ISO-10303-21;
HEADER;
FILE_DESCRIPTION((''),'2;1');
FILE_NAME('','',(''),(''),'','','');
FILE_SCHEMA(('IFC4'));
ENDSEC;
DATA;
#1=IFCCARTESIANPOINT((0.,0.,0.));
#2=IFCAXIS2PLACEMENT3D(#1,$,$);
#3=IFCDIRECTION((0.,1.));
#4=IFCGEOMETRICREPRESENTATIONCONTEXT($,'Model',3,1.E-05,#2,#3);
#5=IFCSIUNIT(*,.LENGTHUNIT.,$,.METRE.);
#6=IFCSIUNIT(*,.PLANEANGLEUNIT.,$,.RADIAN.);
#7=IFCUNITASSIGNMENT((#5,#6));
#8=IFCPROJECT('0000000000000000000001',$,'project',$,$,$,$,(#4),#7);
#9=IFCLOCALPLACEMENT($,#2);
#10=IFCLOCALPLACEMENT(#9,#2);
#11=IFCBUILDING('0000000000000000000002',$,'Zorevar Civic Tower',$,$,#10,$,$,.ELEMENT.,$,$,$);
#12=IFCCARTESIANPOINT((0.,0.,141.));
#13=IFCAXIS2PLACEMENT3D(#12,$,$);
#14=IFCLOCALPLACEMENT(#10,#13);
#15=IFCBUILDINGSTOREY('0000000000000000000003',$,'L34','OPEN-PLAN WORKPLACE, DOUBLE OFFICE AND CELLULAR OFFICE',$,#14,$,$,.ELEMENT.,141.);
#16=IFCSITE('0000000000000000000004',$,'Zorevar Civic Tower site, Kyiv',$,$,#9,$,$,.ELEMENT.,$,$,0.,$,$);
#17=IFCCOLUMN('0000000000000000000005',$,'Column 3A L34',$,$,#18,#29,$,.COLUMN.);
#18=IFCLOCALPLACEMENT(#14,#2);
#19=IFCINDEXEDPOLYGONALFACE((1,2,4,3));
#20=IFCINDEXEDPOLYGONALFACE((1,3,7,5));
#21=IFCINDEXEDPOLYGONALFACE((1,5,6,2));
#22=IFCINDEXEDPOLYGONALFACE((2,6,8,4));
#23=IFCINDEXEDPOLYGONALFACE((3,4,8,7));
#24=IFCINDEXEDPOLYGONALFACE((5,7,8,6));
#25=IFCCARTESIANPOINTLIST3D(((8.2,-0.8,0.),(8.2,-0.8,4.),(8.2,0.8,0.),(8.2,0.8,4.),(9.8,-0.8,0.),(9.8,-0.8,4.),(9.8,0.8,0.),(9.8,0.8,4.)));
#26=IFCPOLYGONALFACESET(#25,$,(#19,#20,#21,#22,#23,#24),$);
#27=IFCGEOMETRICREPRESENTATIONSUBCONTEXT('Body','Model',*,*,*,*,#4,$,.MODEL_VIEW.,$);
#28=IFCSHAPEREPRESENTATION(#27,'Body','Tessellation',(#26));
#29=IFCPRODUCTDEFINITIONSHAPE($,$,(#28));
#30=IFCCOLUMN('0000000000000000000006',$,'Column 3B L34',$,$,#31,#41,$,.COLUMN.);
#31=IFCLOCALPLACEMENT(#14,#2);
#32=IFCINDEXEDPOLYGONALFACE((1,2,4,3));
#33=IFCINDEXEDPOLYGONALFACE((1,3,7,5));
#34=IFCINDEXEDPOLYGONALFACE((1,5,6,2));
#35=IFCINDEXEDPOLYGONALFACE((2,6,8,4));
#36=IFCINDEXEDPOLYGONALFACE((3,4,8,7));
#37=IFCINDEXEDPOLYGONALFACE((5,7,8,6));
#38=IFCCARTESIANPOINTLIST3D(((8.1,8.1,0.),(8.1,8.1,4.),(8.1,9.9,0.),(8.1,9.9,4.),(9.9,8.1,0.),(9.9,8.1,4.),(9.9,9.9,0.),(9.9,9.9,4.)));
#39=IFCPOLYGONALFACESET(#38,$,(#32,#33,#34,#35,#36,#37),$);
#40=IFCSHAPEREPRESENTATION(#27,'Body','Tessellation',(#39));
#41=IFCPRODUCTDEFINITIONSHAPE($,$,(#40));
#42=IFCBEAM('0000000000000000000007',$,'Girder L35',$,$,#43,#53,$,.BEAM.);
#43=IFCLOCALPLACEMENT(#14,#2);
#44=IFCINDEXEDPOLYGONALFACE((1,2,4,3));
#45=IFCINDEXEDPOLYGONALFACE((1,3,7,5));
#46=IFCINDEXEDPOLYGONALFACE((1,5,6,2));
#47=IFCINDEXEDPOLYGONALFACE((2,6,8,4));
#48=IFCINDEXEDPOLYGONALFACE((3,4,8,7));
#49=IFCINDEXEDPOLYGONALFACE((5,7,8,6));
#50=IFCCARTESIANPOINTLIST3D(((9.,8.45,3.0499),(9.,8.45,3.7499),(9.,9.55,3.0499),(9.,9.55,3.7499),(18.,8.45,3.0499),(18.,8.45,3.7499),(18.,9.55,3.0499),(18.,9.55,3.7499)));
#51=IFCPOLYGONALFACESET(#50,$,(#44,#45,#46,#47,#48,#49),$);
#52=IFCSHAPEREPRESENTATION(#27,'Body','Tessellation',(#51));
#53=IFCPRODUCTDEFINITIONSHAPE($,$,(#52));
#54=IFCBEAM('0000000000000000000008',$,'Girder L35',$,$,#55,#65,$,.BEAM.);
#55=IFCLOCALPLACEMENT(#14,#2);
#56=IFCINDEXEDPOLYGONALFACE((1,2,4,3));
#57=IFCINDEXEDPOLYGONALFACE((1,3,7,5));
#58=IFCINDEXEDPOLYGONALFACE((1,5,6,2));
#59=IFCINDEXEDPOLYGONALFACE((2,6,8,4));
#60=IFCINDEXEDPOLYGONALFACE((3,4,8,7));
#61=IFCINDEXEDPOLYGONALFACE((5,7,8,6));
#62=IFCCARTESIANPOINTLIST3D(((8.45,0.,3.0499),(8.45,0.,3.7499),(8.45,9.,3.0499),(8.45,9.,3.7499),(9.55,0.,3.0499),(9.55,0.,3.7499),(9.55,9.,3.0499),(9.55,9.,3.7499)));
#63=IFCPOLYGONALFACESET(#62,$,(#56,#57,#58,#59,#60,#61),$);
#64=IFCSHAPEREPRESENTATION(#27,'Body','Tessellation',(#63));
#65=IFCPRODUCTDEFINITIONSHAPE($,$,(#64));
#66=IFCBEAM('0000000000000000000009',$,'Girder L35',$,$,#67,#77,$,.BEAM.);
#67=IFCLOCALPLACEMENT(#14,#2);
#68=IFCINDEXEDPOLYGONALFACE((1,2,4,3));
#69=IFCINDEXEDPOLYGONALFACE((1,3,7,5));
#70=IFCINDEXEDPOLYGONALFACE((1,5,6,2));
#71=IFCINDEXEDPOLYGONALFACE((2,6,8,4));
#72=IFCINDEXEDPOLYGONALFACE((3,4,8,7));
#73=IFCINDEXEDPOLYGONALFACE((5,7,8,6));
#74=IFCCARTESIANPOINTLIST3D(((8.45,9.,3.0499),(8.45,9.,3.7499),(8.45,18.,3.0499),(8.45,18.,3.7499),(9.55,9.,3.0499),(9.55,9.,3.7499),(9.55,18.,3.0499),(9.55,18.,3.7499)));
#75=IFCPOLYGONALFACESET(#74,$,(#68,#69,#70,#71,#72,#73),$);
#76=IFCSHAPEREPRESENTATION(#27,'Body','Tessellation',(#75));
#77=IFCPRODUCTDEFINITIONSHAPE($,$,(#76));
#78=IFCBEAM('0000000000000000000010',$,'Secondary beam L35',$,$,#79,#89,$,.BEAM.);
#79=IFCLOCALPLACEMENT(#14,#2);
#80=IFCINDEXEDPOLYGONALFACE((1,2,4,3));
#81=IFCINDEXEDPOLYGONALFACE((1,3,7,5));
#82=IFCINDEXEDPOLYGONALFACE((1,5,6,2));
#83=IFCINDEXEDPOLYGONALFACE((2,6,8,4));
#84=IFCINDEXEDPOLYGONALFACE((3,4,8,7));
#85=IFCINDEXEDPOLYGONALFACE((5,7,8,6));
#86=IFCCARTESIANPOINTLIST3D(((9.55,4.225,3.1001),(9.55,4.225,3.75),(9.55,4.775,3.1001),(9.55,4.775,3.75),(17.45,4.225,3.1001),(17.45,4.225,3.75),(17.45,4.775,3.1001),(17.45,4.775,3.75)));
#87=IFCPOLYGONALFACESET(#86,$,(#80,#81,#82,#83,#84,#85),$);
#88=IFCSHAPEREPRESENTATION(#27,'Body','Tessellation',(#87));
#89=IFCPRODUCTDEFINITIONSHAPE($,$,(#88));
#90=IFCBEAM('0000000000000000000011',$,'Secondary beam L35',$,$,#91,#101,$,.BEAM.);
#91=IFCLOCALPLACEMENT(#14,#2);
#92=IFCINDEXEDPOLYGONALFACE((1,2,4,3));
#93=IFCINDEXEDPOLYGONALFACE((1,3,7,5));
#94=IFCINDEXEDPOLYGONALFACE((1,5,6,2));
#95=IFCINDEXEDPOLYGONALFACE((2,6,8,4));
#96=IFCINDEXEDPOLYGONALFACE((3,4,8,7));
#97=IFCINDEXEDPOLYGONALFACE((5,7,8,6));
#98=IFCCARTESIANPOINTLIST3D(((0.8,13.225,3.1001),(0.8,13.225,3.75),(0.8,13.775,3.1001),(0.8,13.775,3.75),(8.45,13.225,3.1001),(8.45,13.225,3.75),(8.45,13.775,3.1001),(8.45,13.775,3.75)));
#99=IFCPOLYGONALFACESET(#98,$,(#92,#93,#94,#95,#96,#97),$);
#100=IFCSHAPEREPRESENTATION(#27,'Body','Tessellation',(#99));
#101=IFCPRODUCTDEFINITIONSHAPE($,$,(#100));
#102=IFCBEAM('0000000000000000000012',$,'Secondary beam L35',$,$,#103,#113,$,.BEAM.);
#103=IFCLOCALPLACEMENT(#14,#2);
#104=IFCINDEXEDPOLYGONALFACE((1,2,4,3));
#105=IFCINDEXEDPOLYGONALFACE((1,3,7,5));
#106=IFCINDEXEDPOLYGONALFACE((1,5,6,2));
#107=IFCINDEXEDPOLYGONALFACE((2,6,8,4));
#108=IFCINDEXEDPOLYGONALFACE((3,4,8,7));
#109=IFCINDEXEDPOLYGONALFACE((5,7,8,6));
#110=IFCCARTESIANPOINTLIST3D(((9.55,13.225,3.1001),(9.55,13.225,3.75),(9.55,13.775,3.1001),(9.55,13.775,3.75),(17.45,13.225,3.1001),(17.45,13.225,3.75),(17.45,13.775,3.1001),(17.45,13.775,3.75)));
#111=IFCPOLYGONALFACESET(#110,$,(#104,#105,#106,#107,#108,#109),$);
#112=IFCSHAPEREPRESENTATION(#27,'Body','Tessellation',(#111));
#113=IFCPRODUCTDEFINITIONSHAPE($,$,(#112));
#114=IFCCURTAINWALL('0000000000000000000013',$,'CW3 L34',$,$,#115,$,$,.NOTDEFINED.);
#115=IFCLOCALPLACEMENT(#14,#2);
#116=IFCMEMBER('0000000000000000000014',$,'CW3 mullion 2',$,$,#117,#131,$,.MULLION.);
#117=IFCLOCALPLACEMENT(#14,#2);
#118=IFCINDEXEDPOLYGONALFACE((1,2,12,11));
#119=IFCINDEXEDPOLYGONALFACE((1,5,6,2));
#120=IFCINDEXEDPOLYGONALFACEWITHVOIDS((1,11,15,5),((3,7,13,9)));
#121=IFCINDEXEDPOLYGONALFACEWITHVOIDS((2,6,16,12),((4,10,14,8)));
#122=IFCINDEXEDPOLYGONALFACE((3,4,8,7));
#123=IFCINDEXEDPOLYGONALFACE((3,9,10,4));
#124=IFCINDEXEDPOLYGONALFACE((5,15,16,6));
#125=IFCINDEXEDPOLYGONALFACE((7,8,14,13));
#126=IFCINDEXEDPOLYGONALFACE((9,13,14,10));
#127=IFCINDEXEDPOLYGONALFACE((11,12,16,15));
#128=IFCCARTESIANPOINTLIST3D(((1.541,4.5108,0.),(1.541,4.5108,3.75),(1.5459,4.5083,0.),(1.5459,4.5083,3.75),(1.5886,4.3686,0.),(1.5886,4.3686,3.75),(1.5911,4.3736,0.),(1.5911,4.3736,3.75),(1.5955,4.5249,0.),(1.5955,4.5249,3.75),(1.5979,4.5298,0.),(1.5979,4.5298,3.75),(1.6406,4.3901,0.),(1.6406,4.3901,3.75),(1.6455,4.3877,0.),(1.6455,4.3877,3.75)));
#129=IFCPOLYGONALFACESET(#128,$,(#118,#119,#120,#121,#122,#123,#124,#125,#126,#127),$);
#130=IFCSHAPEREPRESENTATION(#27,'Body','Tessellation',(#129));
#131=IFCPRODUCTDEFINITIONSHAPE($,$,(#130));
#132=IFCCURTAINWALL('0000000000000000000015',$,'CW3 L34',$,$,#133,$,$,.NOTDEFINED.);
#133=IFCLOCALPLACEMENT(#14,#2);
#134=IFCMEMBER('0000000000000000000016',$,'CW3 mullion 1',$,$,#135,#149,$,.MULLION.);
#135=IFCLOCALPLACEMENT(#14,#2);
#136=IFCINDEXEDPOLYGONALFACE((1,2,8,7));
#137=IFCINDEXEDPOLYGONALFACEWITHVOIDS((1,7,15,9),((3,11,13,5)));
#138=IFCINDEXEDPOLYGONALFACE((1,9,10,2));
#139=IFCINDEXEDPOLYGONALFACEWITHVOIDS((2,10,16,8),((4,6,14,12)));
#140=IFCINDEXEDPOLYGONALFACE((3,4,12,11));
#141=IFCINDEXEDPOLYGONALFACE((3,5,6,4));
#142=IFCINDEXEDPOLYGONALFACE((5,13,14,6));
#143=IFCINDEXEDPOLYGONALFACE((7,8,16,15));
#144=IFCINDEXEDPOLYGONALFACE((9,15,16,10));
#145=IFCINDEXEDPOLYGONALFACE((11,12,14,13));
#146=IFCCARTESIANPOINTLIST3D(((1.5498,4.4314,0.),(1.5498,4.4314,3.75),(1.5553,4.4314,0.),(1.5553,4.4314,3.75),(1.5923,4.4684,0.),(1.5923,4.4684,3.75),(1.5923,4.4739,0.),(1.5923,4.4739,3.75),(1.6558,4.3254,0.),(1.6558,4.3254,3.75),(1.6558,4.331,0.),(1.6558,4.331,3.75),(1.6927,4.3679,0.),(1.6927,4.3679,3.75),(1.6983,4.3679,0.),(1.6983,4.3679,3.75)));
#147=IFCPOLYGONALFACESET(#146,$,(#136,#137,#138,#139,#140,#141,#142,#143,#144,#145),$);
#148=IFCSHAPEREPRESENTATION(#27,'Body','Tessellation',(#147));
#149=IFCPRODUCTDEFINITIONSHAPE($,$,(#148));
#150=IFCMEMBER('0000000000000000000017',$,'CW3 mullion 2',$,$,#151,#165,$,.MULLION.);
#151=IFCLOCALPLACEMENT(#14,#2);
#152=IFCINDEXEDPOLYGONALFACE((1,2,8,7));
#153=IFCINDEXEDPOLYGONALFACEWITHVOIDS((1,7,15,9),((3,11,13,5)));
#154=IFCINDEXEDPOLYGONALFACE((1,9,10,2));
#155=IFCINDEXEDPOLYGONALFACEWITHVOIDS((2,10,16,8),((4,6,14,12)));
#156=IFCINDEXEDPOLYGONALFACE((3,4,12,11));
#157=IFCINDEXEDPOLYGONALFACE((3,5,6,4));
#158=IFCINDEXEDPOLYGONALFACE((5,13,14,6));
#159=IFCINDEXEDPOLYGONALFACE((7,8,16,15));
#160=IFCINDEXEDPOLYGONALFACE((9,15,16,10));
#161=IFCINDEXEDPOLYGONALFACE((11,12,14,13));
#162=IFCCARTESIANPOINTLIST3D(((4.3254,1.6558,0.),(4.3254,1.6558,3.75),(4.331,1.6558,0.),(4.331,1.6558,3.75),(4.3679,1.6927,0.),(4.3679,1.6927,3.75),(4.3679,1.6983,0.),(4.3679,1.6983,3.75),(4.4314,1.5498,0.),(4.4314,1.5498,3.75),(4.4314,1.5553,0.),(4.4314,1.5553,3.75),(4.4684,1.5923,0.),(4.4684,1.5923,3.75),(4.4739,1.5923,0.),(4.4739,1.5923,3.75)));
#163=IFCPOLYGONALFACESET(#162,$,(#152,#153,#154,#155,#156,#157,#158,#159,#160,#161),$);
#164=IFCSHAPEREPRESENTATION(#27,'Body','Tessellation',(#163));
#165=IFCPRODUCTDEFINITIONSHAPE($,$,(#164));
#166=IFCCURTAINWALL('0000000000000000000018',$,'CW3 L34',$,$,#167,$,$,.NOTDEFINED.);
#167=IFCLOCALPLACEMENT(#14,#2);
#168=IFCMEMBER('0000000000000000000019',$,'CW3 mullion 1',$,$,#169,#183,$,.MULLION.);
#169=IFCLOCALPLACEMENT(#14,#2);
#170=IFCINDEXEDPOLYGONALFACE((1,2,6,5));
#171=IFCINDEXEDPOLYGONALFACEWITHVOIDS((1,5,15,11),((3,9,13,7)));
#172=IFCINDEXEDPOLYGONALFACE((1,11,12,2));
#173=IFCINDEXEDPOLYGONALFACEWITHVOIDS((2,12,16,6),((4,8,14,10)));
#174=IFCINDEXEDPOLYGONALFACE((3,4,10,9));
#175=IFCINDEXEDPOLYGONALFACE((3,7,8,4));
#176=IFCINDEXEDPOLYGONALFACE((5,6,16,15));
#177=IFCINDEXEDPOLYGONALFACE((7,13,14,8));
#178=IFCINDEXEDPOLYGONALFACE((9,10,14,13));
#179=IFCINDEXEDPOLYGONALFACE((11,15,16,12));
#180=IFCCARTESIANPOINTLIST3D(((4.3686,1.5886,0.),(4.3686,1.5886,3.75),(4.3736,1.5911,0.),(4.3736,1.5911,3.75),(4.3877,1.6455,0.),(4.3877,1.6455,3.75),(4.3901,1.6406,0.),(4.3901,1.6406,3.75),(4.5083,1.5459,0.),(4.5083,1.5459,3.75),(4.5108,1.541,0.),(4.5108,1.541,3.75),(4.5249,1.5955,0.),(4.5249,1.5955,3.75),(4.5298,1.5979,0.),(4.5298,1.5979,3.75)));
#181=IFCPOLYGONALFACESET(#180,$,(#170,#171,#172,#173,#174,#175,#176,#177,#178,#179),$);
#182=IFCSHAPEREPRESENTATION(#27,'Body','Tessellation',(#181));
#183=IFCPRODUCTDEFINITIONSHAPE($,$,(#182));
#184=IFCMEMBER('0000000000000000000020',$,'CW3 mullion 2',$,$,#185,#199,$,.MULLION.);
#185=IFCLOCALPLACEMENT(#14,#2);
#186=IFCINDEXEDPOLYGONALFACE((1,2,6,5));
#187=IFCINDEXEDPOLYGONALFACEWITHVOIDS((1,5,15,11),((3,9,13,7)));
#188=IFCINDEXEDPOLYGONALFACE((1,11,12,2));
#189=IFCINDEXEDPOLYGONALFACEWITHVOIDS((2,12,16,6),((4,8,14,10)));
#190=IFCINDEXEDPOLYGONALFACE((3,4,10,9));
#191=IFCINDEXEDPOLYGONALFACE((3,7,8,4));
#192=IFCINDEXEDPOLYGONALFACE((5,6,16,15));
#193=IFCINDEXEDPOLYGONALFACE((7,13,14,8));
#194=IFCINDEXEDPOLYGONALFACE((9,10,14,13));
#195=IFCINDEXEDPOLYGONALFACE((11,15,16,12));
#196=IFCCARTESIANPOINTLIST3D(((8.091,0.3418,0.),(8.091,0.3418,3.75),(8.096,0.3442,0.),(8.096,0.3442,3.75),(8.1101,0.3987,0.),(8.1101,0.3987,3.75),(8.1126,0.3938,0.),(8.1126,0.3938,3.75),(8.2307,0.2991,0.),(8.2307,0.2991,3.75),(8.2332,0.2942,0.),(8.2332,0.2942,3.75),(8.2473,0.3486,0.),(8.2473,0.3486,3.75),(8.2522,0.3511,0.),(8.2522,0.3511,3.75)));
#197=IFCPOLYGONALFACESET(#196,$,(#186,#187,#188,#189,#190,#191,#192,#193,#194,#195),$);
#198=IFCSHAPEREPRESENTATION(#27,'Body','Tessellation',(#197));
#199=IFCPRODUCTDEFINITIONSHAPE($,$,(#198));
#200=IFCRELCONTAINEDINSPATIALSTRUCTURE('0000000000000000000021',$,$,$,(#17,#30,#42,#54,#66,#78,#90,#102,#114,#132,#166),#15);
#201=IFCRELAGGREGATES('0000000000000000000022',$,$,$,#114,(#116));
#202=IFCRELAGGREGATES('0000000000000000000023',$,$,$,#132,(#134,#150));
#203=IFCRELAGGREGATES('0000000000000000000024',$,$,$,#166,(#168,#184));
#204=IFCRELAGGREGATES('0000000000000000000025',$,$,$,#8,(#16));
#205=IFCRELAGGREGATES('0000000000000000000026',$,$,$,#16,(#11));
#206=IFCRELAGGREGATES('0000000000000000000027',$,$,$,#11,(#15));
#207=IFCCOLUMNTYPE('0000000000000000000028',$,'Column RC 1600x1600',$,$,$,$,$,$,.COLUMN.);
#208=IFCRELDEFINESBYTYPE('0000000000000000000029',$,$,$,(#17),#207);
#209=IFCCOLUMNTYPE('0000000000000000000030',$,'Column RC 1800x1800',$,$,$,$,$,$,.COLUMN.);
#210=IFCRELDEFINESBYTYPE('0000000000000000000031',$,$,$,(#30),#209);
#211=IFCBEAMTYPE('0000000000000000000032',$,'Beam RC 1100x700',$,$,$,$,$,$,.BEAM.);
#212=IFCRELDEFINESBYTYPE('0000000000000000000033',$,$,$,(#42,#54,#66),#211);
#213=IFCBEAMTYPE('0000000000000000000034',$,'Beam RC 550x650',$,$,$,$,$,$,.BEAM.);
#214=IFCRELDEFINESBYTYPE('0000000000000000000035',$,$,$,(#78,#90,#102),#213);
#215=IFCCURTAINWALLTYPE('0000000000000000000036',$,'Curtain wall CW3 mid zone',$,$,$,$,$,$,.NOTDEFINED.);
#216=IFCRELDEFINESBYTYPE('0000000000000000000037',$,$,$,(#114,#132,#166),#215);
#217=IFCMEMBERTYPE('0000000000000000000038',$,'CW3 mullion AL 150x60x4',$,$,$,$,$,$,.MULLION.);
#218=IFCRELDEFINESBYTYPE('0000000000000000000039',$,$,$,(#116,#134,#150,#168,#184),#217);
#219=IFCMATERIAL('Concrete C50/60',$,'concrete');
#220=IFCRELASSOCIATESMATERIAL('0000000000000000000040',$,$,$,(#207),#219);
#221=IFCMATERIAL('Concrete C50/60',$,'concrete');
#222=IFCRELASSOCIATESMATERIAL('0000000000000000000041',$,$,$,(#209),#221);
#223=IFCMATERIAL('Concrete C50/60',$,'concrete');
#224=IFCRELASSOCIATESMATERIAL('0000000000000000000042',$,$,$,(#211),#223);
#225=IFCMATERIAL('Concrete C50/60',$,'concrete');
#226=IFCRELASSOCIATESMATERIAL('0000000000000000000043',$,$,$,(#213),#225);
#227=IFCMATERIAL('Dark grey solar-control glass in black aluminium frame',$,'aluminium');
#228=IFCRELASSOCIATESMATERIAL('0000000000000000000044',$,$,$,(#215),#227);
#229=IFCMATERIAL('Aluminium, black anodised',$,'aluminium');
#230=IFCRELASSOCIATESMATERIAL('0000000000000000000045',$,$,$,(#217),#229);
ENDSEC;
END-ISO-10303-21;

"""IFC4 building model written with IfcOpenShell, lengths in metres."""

from ifc_helpers import new_model, si_unit, direction, frame, origin, origin_2d, place, context, subcontext, project, spatial, rectangle, hollow_rectangle, extrude, material, material_profile, profile_set, type_object, element, aggregate, save


model = new_model("IFC4")

# Units and contexts
model_context = context("Model", 3, precision=1e-05, world=origin(), true_north=direction((0.0, 1.0)))
body_context = subcontext(model_context, "Body", "Model", "MODEL_VIEW")
ifc_project = project(units=[si_unit("LENGTHUNIT", "METRE"), si_unit("PLANEANGLEUNIT", "RADIAN")], contexts=[model_context])

# Site, building, storey
site_placement = place(None, origin())
site = spatial("IfcSite", under=ifc_project, at=site_placement, Name="Zorevar Civic Tower site, Kyiv", CompositionType="ELEMENT", RefElevation=0.0)
building_placement = place(site_placement, origin())
building = spatial("IfcBuilding", under=site, at=building_placement, Name="Zorevar Civic Tower", CompositionType="ELEMENT")
storey_placement = place(building_placement, frame((0.0, 0.0, 141.0)))
storey = spatial("IfcBuildingStorey", under=building, at=storey_placement, Name="L34", Description="OPEN-PLAN WORKPLACE, DOUBLE OFFICE AND CELLULAR OFFICE", CompositionType="ELEMENT", Elevation=141.0)

# Columns
ifc_material_1 = material(Name="Concrete C50/60", Category="concrete")
ifc_material_profile_1 = material_profile(ifc_material_1, rectangle(XDim=1.6001, YDim=1.6001, at=origin_2d()), Name="RC 1600x1600")
ifc_profile_set_1 = profile_set([ifc_material_profile_1], Name="Concrete C50/60")
column_type_1 = type_object("IfcColumnType", Name="Column RC 1600x1600", PredefinedType="COLUMN", material=ifc_profile_set_1)
column_1_placement = place(storey_placement, frame((9.0, 0.0, 0.0), z_axis=(0.0, 0.0, 1.0), x_axis=(1.0, 0.0, 0.0)))
element("IfcColumn", 1, at=column_1_placement, inside=storey, type_object=column_type_1, Name="Column 3A L34", PredefinedType="COLUMN", context=body_context, shape_type="SweptSolid", body=[
    extrude(rectangle(XDim=1.6001, YDim=1.6001, at=origin_2d()), origin(), (0.0, 0.0, 1.0), 4.0),
])
ifc_material_2 = material(Name="Concrete C50/60", Category="concrete")
ifc_material_profile_2 = material_profile(ifc_material_2, rectangle(XDim=1.8, YDim=1.8, at=origin_2d()), Name="RC 1800x1800")
ifc_profile_set_2 = profile_set([ifc_material_profile_2], Name="Concrete C50/60")
column_type_2 = type_object("IfcColumnType", Name="Column RC 1800x1800", PredefinedType="COLUMN", material=ifc_profile_set_2)
column_2_placement = place(storey_placement, frame((9.0, 9.0, 0.0), z_axis=(0.0, 0.0, 1.0), x_axis=(1.0, 0.0, 0.0)))
element("IfcColumn", 2, at=column_2_placement, inside=storey, type_object=column_type_2, Name="Column 3B L34", PredefinedType="COLUMN", context=body_context, shape_type="SweptSolid", body=[
    extrude(rectangle(XDim=1.8, YDim=1.8, at=origin_2d()), origin(), (0.0, 0.0, 1.0), 4.0),
])

# Beams
ifc_material_3 = material(Name="Concrete C50/60", Category="concrete")
ifc_material_profile_3 = material_profile(ifc_material_3, rectangle(XDim=1.1001, YDim=0.7, at=origin_2d()), Name="RC 1100x700")
ifc_profile_set_3 = profile_set([ifc_material_profile_3], Name="Concrete C50/60")
beam_type_1 = type_object("IfcBeamType", Name="Beam RC 1100x700", PredefinedType="BEAM", material=ifc_profile_set_3)
for number, where, z_axis, x_axis, name in (
    (3, (9.0, 9.0, 3.3999), (1.0, 0.0, 0.0), (0.0, 1.0, 0.0), "Girder L35"),
    (4, (9.0, 0.0, 3.3999), (0.0, 1.0, 0.0), (-1.0, 0.0, 0.0), "Girder L35"),
    (5, (9.0, 9.0, 3.3999), (0.0, 1.0, 0.0), (-1.0, 0.0, 0.0), "Girder L35"),
):
    element("IfcBeam", number, at=place(storey_placement, frame(where, z_axis=z_axis, x_axis=x_axis)), inside=storey, type_object=beam_type_1, Name=name, PredefinedType="BEAM", context=body_context, shape_type="SweptSolid", body=[
        extrude(rectangle(XDim=1.1001, YDim=0.7, at=origin_2d()), origin(), (0.0, 0.0, 1.0), 9.0),
    ])
ifc_material_4 = material(Name="Concrete C50/60", Category="concrete")
ifc_material_profile_4 = material_profile(ifc_material_4, rectangle(XDim=0.55, YDim=0.6499, at=origin_2d()), Name="RC 550x650")
ifc_profile_set_4 = profile_set([ifc_material_profile_4], Name="Concrete C50/60")
beam_type_2 = type_object("IfcBeamType", Name="Beam RC 550x650", PredefinedType="BEAM", material=ifc_profile_set_4)
beam_1_placement = place(storey_placement, frame((9.55, 4.5, 3.425), z_axis=(1.0, 0.0, 0.0), x_axis=(0.0, 1.0, 0.0)))
element("IfcBeam", 6, at=beam_1_placement, inside=storey, type_object=beam_type_2, Name="Secondary beam L35", PredefinedType="BEAM", context=body_context, shape_type="SweptSolid", body=[
    extrude(rectangle(XDim=0.55, YDim=0.6499, at=origin_2d()), origin(), (0.0, 0.0, 1.0), 7.8999),
])
beam_2_placement = place(storey_placement, frame((0.8, 13.5, 3.425), z_axis=(1.0, 0.0, 0.0), x_axis=(0.0, 1.0, 0.0)))
element("IfcBeam", 7, at=beam_2_placement, inside=storey, type_object=beam_type_2, Name="Secondary beam L35", PredefinedType="BEAM", context=body_context, shape_type="SweptSolid", body=[
    extrude(rectangle(XDim=0.55, YDim=0.6499, at=origin_2d()), origin(), (0.0, 0.0, 1.0), 7.6499),
])
beam_3_placement = place(storey_placement, frame((9.55, 13.5, 3.425), z_axis=(1.0, 0.0, 0.0), x_axis=(0.0, 1.0, 0.0)))
element("IfcBeam", 8, at=beam_3_placement, inside=storey, type_object=beam_type_2, Name="Secondary beam L35", PredefinedType="BEAM", context=body_context, shape_type="SweptSolid", body=[
    extrude(rectangle(XDim=0.55, YDim=0.6499, at=origin_2d()), origin(), (0.0, 0.0, 1.0), 7.8999),
])

# Curtain wall, member
ifc_material_5 = material(Name="Dark grey solar-control glass in black aluminium frame", Category="aluminium")
curtain_wall_type = type_object("IfcCurtainWallType", Name="Curtain wall CW3 mid zone", PredefinedType="NOTDEFINED", material=ifc_material_5)
curtain_wall_1_placement = place(storey_placement, origin())
curtain_wall_1 = element("IfcCurtainWall", 9, at=curtain_wall_1_placement, inside=storey, type_object=curtain_wall_type, Name="CW3 L34", PredefinedType="NOTDEFINED")
ifc_material_6 = material(Name="Aluminium, black anodised", Category="aluminium")
ifc_material_profile_5 = material_profile(ifc_material_6, hollow_rectangle(XDim=0.0601, YDim=0.1499, WallThickness=0.0039, at=origin_2d()), Name="AL 150x60x4")
ifc_profile_set_5 = profile_set([ifc_material_profile_5], Name="Aluminium, black anodised")
member_type_1 = type_object("IfcMemberType", Name="CW3 mullion AL 150x60x4", PredefinedType="MULLION", material=ifc_profile_set_5)
member_1_placement = place(storey_placement, frame((1.5933, 4.4492, 0.0), z_axis=(0.0, 0.0, 1.0), x_axis=(0.948227, 0.317593, 0.0)))
member_1 = element("IfcMember", 10, at=member_1_placement, type_object=member_type_1, Name="CW3 mullion 2", PredefinedType="MULLION", context=body_context, shape_type="SweptSolid", body=[
    extrude(hollow_rectangle(XDim=0.0601, YDim=0.1499, WallThickness=0.0039, at=origin_2d()), origin(), (0.0, 0.0, 1.0), 3.75),
])

# Curtain walls, members
curtain_wall_2_placement = place(storey_placement, origin())
curtain_wall_2 = element("IfcCurtainWall", 11, at=curtain_wall_2_placement, inside=storey, type_object=curtain_wall_type, Name="CW3 L34", PredefinedType="NOTDEFINED")
member_2_placement = place(storey_placement, frame((1.624, 4.3997, 0.0), z_axis=(0.0, 0.0, 1.0), x_axis=(0.707107, 0.707107, 0.0)))
member_2 = element("IfcMember", 12, at=member_2_placement, type_object=member_type_1, Name="CW3 mullion 1", PredefinedType="MULLION", context=body_context, shape_type="SweptSolid", body=[
    extrude(hollow_rectangle(XDim=0.0601, YDim=0.1499, WallThickness=0.0039, at=origin_2d()), origin(), (0.0, 0.0, 1.0), 3.75),
])
member_3_placement = place(storey_placement, frame((4.3997, 1.624, 0.0), z_axis=(0.0, 0.0, 1.0), x_axis=(0.707107, 0.707107, 0.0)))
member_3 = element("IfcMember", 13, at=member_3_placement, type_object=member_type_1, Name="CW3 mullion 2", PredefinedType="MULLION", context=body_context, shape_type="SweptSolid", body=[
    extrude(hollow_rectangle(XDim=0.0601, YDim=0.1499, WallThickness=0.0039, at=origin_2d()), origin(), (0.0, 0.0, 1.0), 3.75),
])
curtain_wall_3_placement = place(storey_placement, origin())
curtain_wall_3 = element("IfcCurtainWall", 14, at=curtain_wall_3_placement, inside=storey, type_object=curtain_wall_type, Name="CW3 L34", PredefinedType="NOTDEFINED")
member_4_placement = place(storey_placement, frame((4.4492, 1.5933, 0.0), z_axis=(0.0, 0.0, 1.0), x_axis=(0.317593, 0.948227, 0.0)))
member_4 = element("IfcMember", 15, at=member_4_placement, type_object=member_type_1, Name="CW3 mullion 1", PredefinedType="MULLION", context=body_context, shape_type="SweptSolid", body=[
    extrude(hollow_rectangle(XDim=0.0601, YDim=0.1499, WallThickness=0.0039, at=origin_2d()), origin(), (0.0, 0.0, 1.0), 3.75),
])
member_5_placement = place(storey_placement, frame((8.1716, 0.3464, 0.0), z_axis=(0.0, 0.0, 1.0), x_axis=(0.317593, 0.948227, 0.0)))
member_5 = element("IfcMember", 16, at=member_5_placement, type_object=member_type_1, Name="CW3 mullion 2", PredefinedType="MULLION", context=body_context, shape_type="SweptSolid", body=[
    extrude(hollow_rectangle(XDim=0.0601, YDim=0.1499, WallThickness=0.0039, at=origin_2d()), origin(), (0.0, 0.0, 1.0), 3.75),
])

aggregate(curtain_wall_1, [member_1])
aggregate(curtain_wall_2, [member_2, member_3])
aggregate(curtain_wall_3, [member_4, member_5])

save(model, "model.ifc")
